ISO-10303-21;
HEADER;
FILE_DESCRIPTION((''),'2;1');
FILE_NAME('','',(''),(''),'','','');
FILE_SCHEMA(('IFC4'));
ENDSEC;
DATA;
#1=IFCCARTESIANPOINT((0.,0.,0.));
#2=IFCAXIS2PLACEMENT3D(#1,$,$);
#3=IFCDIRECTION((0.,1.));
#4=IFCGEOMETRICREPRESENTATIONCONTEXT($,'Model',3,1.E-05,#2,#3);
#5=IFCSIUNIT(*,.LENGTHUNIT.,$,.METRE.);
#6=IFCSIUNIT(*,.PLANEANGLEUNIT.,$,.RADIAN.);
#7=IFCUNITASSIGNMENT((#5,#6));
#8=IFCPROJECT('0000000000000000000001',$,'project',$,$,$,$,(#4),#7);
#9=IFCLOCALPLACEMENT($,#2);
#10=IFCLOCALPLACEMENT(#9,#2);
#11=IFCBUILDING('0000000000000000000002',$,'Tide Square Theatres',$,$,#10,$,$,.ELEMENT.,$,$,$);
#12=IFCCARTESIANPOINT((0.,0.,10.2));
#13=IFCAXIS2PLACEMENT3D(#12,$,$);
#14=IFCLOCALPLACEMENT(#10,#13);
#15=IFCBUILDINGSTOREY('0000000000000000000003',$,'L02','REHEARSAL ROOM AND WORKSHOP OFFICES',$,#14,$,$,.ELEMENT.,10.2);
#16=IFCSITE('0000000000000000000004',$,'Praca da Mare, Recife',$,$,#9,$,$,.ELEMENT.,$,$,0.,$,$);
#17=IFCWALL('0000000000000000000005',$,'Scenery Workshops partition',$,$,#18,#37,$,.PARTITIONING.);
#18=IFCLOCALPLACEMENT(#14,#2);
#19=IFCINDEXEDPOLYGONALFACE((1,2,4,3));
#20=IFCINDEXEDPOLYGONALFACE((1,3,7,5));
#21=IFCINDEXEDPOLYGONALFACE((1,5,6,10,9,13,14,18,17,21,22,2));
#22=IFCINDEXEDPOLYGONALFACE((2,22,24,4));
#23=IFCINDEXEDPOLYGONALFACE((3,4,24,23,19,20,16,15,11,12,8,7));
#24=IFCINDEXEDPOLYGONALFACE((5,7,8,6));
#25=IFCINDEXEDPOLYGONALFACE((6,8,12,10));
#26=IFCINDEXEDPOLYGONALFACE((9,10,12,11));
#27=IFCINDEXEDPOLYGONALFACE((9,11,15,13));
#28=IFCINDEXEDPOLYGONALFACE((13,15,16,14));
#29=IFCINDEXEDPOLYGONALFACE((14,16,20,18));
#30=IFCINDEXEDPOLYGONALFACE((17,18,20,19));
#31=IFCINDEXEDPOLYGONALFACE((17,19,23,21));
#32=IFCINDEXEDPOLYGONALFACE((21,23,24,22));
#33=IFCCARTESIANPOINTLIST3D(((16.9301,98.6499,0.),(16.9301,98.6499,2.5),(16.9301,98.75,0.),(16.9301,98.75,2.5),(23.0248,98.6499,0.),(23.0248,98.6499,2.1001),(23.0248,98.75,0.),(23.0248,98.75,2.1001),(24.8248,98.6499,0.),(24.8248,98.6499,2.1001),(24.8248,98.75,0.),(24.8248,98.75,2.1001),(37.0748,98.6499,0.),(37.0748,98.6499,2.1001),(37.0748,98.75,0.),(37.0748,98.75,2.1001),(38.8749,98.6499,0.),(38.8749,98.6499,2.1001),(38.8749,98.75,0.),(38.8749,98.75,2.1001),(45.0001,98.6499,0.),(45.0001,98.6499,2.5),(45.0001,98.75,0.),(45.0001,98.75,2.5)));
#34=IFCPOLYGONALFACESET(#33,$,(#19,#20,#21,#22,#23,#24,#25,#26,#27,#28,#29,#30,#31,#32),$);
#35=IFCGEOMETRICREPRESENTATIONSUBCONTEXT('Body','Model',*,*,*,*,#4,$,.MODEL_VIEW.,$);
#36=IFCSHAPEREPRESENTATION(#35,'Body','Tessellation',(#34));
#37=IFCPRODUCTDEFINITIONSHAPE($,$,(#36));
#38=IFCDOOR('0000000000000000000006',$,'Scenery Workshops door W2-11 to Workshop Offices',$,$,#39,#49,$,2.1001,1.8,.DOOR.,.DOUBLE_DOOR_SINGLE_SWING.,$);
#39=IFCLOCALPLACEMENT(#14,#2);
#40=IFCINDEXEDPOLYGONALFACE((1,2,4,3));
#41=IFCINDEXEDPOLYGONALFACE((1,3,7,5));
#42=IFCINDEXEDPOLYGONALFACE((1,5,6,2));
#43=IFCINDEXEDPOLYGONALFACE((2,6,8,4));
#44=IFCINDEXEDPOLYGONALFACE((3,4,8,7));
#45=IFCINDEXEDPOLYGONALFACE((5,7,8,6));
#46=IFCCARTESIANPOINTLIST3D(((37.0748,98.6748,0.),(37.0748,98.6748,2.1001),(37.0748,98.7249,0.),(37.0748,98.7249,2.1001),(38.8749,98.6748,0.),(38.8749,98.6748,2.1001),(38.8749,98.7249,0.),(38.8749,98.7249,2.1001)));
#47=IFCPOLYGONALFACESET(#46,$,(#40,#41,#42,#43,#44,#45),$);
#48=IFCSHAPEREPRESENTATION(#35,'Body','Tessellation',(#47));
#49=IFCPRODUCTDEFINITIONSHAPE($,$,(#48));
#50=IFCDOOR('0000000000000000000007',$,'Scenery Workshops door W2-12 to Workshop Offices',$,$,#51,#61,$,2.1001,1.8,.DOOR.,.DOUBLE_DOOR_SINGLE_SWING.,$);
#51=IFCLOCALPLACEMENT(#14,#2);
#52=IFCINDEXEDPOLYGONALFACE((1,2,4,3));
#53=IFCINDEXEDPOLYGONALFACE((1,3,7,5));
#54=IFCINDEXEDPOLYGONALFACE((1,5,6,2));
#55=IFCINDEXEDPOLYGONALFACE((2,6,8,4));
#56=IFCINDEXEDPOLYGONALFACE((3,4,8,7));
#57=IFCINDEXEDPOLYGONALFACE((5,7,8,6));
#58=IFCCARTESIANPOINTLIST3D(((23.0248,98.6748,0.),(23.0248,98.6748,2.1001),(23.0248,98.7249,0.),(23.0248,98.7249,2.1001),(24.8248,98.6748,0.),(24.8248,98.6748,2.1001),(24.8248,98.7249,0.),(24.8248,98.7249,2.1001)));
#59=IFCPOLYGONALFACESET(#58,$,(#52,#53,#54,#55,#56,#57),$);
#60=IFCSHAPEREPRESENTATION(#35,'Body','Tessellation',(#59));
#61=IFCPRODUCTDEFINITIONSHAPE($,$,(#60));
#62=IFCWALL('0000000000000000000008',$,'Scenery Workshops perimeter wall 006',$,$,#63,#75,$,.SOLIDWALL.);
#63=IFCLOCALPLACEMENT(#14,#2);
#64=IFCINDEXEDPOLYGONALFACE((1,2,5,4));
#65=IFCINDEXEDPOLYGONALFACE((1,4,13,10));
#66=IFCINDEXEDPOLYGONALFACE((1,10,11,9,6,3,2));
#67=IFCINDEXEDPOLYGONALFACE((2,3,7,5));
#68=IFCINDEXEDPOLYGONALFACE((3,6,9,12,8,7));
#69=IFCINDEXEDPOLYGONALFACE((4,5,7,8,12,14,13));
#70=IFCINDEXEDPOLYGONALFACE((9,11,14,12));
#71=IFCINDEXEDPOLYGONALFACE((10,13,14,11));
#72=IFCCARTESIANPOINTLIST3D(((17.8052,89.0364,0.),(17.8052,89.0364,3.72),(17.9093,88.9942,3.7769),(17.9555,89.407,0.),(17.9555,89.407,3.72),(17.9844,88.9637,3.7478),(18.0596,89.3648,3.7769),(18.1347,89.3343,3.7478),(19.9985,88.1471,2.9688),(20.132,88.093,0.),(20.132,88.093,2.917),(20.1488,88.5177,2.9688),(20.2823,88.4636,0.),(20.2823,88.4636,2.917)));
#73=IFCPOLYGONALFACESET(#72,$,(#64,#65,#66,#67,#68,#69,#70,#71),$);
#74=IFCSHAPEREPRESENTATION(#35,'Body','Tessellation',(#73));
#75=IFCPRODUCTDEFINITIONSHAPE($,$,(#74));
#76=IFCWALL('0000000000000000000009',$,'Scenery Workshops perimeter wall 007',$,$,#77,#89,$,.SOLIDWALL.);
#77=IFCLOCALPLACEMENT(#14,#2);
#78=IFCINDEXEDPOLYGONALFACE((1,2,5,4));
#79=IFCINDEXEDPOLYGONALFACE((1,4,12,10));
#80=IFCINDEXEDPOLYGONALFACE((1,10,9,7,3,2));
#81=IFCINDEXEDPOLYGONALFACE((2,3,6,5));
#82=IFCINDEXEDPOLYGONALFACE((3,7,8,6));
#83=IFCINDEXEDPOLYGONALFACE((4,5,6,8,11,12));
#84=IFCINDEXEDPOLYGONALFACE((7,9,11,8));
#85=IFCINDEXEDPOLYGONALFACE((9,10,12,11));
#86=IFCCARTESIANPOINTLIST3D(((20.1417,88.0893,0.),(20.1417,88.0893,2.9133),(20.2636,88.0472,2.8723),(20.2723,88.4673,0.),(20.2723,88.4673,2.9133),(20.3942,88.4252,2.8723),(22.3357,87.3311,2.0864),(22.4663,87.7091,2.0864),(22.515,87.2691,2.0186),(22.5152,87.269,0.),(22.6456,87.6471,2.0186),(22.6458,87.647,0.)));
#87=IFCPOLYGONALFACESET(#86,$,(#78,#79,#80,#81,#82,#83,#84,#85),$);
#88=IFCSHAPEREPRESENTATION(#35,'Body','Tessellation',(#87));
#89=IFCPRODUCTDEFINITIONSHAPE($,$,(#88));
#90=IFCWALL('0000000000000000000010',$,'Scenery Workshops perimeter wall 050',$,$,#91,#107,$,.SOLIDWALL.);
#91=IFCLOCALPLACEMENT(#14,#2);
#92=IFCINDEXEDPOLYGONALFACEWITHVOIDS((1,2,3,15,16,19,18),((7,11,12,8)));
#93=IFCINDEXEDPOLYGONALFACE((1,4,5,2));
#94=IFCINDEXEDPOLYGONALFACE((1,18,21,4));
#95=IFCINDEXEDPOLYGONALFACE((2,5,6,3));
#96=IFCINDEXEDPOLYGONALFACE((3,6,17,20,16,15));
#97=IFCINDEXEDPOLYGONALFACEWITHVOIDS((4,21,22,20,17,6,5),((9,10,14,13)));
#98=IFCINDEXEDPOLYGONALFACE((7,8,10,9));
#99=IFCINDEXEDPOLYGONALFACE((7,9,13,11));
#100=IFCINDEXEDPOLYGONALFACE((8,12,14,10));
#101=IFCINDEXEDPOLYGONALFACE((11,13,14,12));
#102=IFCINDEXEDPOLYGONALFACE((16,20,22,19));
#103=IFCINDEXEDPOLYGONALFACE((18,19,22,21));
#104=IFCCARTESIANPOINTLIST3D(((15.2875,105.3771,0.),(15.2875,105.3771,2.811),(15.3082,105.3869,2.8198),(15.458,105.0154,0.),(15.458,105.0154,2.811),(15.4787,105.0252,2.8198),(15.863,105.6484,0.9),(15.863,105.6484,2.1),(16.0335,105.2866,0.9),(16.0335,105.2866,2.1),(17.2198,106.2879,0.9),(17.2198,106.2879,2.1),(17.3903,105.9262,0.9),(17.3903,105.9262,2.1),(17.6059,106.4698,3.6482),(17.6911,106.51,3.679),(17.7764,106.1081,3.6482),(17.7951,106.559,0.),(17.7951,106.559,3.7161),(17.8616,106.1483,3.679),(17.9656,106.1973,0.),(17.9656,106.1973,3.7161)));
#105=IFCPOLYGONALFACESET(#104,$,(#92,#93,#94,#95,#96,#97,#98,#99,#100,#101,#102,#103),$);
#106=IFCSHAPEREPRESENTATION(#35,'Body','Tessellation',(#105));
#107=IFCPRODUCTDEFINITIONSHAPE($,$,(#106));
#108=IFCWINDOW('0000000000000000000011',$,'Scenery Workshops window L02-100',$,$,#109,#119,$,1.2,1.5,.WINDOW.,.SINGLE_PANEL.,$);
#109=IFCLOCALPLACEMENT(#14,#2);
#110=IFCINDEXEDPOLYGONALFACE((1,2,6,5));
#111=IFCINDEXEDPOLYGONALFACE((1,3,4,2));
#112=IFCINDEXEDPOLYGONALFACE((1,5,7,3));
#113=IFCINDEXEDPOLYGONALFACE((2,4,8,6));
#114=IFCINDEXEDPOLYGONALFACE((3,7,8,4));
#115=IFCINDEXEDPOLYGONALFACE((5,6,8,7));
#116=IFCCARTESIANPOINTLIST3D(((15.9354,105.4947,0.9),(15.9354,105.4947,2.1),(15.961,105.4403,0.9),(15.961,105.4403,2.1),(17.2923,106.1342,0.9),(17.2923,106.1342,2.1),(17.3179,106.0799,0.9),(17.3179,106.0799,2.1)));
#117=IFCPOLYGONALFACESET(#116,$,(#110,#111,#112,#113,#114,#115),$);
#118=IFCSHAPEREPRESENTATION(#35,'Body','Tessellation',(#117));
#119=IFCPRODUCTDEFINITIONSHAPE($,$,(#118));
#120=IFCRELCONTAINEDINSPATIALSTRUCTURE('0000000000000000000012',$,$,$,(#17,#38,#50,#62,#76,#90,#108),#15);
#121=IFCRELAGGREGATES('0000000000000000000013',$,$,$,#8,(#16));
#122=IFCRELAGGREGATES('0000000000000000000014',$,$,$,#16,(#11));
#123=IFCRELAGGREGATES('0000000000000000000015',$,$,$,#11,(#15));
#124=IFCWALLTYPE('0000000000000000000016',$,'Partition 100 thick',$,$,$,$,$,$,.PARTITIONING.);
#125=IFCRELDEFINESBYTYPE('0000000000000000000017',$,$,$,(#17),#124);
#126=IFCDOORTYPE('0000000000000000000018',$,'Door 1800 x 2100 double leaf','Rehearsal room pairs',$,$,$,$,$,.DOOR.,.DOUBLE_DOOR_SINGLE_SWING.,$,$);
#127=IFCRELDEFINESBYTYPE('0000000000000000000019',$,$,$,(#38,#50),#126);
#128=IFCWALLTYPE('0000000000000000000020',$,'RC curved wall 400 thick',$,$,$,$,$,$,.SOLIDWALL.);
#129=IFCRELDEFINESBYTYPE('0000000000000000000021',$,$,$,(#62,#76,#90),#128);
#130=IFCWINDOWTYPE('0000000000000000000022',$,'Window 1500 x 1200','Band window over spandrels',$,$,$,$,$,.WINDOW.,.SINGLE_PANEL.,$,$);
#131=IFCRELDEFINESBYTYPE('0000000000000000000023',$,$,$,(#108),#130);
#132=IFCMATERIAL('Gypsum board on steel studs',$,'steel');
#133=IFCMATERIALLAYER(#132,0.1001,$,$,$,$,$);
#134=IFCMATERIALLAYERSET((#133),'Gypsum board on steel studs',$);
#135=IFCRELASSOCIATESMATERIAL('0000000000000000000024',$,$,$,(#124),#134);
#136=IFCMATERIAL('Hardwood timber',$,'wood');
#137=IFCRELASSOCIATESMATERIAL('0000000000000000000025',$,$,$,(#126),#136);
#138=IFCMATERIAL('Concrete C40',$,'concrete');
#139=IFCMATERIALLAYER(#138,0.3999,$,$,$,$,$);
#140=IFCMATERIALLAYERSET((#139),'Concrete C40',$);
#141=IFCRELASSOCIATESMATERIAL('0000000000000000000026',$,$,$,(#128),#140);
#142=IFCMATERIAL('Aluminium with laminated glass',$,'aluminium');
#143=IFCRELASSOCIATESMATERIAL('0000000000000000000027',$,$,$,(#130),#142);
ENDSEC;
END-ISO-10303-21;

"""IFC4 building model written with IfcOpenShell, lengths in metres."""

from ifc_helpers import new_model, si_unit, direction, frame, frame_2d, origin, place, context, subcontext, project, spatial, polyline, rectangle, outline, extrude, material, layer, layer_set, type_object, element, fill, save


model = new_model("IFC4")

# Units and contexts
model_context = context("Model", 3, precision=1e-05, world=origin(), true_north=direction((0.0, 1.0)))
body_context = subcontext(model_context, "Body", "Model", "MODEL_VIEW")
ifc_project = project(units=[si_unit("LENGTHUNIT", "METRE"), si_unit("PLANEANGLEUNIT", "RADIAN")], contexts=[model_context])

# Site, building, storey
site_placement = place(None, origin())
site = spatial("IfcSite", under=ifc_project, at=site_placement, Name="Praca da Mare, Recife", CompositionType="ELEMENT", RefElevation=0.0)
building_placement = place(site_placement, origin())
building = spatial("IfcBuilding", under=site, at=building_placement, Name="Tide Square Theatres", CompositionType="ELEMENT")
storey_placement = place(building_placement, frame((0.0, 0.0, 10.2)))
storey = spatial("IfcBuildingStorey", under=building, at=storey_placement, Name="L02", Description="REHEARSAL ROOM AND WORKSHOP OFFICES", CompositionType="ELEMENT", Elevation=10.2)

# Shared definitions
ifc_material_1 = material(Name="Gypsum board on steel studs", Category="steel")
ifc_layer_1 = layer(ifc_material_1, 0.1001)
ifc_layer_set_1 = layer_set([ifc_layer_1], Name="Gypsum board on steel studs")
wall_type_1 = type_object("IfcWallType", Name="Partition 100 thick", PredefinedType="PARTITIONING", material=ifc_layer_set_1)

# Wall, openings, doors
wall_1_placement = place(storey_placement, frame((16.9299, 98.7, 0.0), z_axis=(0.0, 0.0, 1.0), x_axis=(1.0, 0.0, 0.0)))
wall_1 = element("IfcWall", 1, at=wall_1_placement, inside=storey, type_object=wall_type_1, Name="Scenery Workshops partition", PredefinedType="PARTITIONING", context=body_context, shape_type="SweptSolid", body=[
    extrude(rectangle(XDim=28.0701, YDim=0.1001, at=frame_2d((14.0352, 0.0))), origin(), (0.0, 0.0, 1.0), 2.5),
])
opening_1_placement = place(wall_1_placement, frame((20.145, 0.0, 0.0)))
opening_1 = element("IfcOpeningElement", 2, at=opening_1_placement, cuts=wall_1, PredefinedType="OPENING", context=body_context, shape_type="SweptSolid", body=[
    extrude(rectangle(XDim=1.8, YDim=2.1001, at=frame_2d((0.8999, 1.05))), frame((0.0, 0.0601, 0.0), z_axis=(0.0, -1.0, 0.0), x_axis=(1.0, 0.0, 0.0)), (0.0, 0.0, 1.0), 0.1201),
])
opening_2_placement = place(wall_1_placement, frame((6.095, 0.0, 0.0)))
opening_2 = element("IfcOpeningElement", 3, at=opening_2_placement, cuts=wall_1, PredefinedType="OPENING", context=body_context, shape_type="SweptSolid", body=[
    extrude(rectangle(XDim=1.8, YDim=2.1001, at=frame_2d((0.8999, 1.05))), frame((0.0, 0.0601, 0.0), z_axis=(0.0, -1.0, 0.0), x_axis=(1.0, 0.0, 0.0)), (0.0, 0.0, 1.0), 0.1201),
])
ifc_material_2 = material(Name="Hardwood timber", Category="wood")
door_type = type_object("IfcDoorType", Name="Door 1800 x 2100 double leaf", Description="Rehearsal room pairs", OperationType="DOUBLE_DOOR_SINGLE_SWING", PredefinedType="DOOR", material=ifc_material_2)
door_1_placement = place(opening_1_placement, origin())
door_1 = element("IfcDoor", 4, at=door_1_placement, inside=storey, type_object=door_type, Name="Scenery Workshops door W2-11 to Workshop Offices", OperationType="DOUBLE_DOOR_SINGLE_SWING", OverallHeight=2.1001, OverallWidth=1.8, PredefinedType="DOOR", context=body_context, shape_type="SweptSolid", body=[
    extrude(rectangle(XDim=1.8, YDim=2.1001, at=frame_2d((0.8999, 1.05))), frame((0.0, 0.0249, 0.0), z_axis=(0.0, -1.0, 0.0), x_axis=(1.0, 0.0, 0.0)), (0.0, 0.0, 1.0), 0.05),
])
fill(opening_1, door_1)
door_2_placement = place(opening_2_placement, origin())
door_2 = element("IfcDoor", 5, at=door_2_placement, inside=storey, type_object=door_type, Name="Scenery Workshops door W2-12 to Workshop Offices", OperationType="DOUBLE_DOOR_SINGLE_SWING", OverallHeight=2.1001, OverallWidth=1.8, PredefinedType="DOOR", context=body_context, shape_type="SweptSolid", body=[
    extrude(rectangle(XDim=1.8, YDim=2.1001, at=frame_2d((0.8999, 1.05))), frame((0.0, 0.0249, 0.0), z_axis=(0.0, -1.0, 0.0), x_axis=(1.0, 0.0, 0.0)), (0.0, 0.0, 1.0), 0.05),
])
fill(opening_2, door_2)

# Walls
ifc_material_3 = material(Name="Concrete C40", Category="concrete")
ifc_layer_2 = layer(ifc_material_3, 0.3999)
ifc_layer_set_2 = layer_set([ifc_layer_2], Name="Concrete C40")
wall_type_2 = type_object("IfcWallType", Name="RC curved wall 400 thick", PredefinedType="SOLIDWALL", material=ifc_layer_set_2)
wall_2_placement = place(storey_placement, frame((17.8804, 89.2217, 0.0), z_axis=(0.0, 0.0, 1.0), x_axis=(0.926723, -0.375746, 0.0)))
element("IfcWall", 6, at=wall_2_placement, inside=storey, type_object=wall_type_2, Name="Scenery Workshops perimeter wall 006", PredefinedType="SOLIDWALL", context=body_context, shape_type="SweptSolid", body=[
    extrude(outline(polyline([(0.0, 0.0), (2.5107, 0.0), (2.5107, 2.917), (2.3667, 2.9688), (0.1934, 3.7478), (0.1123, 3.7769), (0.0, 3.72), (0.0, 0.0)])), frame((0.0, 0.2, 0.0), z_axis=(0.0, -1.0, 0.0), x_axis=(1.0, 0.0, 0.0)), (0.0, 0.0, 1.0), 0.3999),
])
wall_3_placement = place(storey_placement, frame((20.207, 88.2783, 0.0), z_axis=(0.0, 0.0, 1.0), x_axis=(0.945145, -0.32665, 0.0)))
element("IfcWall", 7, at=wall_3_placement, inside=storey, type_object=wall_type_2, Name="Scenery Workshops perimeter wall 007", PredefinedType="SOLIDWALL", context=body_context, shape_type="SweptSolid", body=[
    extrude(outline(polyline([(0.0, 0.0), (2.5112, 0.0), (2.511, 2.0186), (2.3213, 2.0864), (0.1289, 2.8723), (0.0, 2.9133), (0.0, 0.0)])), frame((0.0, 0.2, 0.0), z_axis=(0.0, -1.0, 0.0), x_axis=(1.0, 0.0, 0.0)), (0.0, 0.0, 1.0), 0.3999),
])

# Wall, opening, window
wall_4_placement = place(storey_placement, frame((17.8804, 106.3782, 0.0), z_axis=(0.0, 0.0, 1.0), x_axis=(-0.904561, -0.426344, 0.0)))
wall_4 = element("IfcWall", 8, at=wall_4_placement, inside=storey, type_object=wall_type_2, Name="Scenery Workshops perimeter wall 050", PredefinedType="SOLIDWALL", context=body_context, shape_type="SweptSolid", body=[
    extrude(outline(polyline([(0.0, 0.0), (2.7722, 0.0), (2.7722, 2.811), (2.7493, 2.8198), (0.2092, 3.6482), (0.115, 3.679), (0.0, 3.7161), (0.0, 0.0)])), frame((0.0, 0.2, 0.0), z_axis=(0.0, -1.0, 0.0), x_axis=(1.0, 0.0, 0.0)), (0.0, 0.0, 1.0), 0.3999),
])
opening_3_placement = place(wall_4_placement, frame((0.636, 0.0, 0.8999)))
opening_3 = element("IfcOpeningElement", 9, at=opening_3_placement, cuts=wall_4, PredefinedType="OPENING", context=body_context, shape_type="SweptSolid", body=[
    extrude(rectangle(XDim=1.5, YDim=1.2, at=frame_2d((0.75, 0.6001))), frame((0.0, 0.21, 0.0), z_axis=(0.0, -1.0, 0.0), x_axis=(1.0, 0.0, 0.0)), (0.0, 0.0, 1.0), 0.4199),
])
ifc_material_4 = material(Name="Aluminium with laminated glass", Category="aluminium")
window_type = type_object("IfcWindowType", Name="Window 1500 x 1200", Description="Band window over spandrels", PartitioningType="SINGLE_PANEL", PredefinedType="WINDOW", material=ifc_material_4)
window_placement = place(opening_3_placement, origin())
window = element("IfcWindow", 10, at=window_placement, inside=storey, type_object=window_type, Name="Scenery Workshops window L02-100", OverallHeight=1.2, OverallWidth=1.5, PartitioningType="SINGLE_PANEL", PredefinedType="WINDOW", context=body_context, shape_type="SweptSolid", body=[
    extrude(rectangle(XDim=1.5, YDim=1.2, at=frame_2d((0.75, 0.6001))), frame((0.0, 0.03, 0.0), z_axis=(0.0, -1.0, 0.0), x_axis=(1.0, 0.0, 0.0)), (0.0, 0.0, 1.0), 0.0601),
])
fill(opening_3, window)

save(model, "model.ifc")
